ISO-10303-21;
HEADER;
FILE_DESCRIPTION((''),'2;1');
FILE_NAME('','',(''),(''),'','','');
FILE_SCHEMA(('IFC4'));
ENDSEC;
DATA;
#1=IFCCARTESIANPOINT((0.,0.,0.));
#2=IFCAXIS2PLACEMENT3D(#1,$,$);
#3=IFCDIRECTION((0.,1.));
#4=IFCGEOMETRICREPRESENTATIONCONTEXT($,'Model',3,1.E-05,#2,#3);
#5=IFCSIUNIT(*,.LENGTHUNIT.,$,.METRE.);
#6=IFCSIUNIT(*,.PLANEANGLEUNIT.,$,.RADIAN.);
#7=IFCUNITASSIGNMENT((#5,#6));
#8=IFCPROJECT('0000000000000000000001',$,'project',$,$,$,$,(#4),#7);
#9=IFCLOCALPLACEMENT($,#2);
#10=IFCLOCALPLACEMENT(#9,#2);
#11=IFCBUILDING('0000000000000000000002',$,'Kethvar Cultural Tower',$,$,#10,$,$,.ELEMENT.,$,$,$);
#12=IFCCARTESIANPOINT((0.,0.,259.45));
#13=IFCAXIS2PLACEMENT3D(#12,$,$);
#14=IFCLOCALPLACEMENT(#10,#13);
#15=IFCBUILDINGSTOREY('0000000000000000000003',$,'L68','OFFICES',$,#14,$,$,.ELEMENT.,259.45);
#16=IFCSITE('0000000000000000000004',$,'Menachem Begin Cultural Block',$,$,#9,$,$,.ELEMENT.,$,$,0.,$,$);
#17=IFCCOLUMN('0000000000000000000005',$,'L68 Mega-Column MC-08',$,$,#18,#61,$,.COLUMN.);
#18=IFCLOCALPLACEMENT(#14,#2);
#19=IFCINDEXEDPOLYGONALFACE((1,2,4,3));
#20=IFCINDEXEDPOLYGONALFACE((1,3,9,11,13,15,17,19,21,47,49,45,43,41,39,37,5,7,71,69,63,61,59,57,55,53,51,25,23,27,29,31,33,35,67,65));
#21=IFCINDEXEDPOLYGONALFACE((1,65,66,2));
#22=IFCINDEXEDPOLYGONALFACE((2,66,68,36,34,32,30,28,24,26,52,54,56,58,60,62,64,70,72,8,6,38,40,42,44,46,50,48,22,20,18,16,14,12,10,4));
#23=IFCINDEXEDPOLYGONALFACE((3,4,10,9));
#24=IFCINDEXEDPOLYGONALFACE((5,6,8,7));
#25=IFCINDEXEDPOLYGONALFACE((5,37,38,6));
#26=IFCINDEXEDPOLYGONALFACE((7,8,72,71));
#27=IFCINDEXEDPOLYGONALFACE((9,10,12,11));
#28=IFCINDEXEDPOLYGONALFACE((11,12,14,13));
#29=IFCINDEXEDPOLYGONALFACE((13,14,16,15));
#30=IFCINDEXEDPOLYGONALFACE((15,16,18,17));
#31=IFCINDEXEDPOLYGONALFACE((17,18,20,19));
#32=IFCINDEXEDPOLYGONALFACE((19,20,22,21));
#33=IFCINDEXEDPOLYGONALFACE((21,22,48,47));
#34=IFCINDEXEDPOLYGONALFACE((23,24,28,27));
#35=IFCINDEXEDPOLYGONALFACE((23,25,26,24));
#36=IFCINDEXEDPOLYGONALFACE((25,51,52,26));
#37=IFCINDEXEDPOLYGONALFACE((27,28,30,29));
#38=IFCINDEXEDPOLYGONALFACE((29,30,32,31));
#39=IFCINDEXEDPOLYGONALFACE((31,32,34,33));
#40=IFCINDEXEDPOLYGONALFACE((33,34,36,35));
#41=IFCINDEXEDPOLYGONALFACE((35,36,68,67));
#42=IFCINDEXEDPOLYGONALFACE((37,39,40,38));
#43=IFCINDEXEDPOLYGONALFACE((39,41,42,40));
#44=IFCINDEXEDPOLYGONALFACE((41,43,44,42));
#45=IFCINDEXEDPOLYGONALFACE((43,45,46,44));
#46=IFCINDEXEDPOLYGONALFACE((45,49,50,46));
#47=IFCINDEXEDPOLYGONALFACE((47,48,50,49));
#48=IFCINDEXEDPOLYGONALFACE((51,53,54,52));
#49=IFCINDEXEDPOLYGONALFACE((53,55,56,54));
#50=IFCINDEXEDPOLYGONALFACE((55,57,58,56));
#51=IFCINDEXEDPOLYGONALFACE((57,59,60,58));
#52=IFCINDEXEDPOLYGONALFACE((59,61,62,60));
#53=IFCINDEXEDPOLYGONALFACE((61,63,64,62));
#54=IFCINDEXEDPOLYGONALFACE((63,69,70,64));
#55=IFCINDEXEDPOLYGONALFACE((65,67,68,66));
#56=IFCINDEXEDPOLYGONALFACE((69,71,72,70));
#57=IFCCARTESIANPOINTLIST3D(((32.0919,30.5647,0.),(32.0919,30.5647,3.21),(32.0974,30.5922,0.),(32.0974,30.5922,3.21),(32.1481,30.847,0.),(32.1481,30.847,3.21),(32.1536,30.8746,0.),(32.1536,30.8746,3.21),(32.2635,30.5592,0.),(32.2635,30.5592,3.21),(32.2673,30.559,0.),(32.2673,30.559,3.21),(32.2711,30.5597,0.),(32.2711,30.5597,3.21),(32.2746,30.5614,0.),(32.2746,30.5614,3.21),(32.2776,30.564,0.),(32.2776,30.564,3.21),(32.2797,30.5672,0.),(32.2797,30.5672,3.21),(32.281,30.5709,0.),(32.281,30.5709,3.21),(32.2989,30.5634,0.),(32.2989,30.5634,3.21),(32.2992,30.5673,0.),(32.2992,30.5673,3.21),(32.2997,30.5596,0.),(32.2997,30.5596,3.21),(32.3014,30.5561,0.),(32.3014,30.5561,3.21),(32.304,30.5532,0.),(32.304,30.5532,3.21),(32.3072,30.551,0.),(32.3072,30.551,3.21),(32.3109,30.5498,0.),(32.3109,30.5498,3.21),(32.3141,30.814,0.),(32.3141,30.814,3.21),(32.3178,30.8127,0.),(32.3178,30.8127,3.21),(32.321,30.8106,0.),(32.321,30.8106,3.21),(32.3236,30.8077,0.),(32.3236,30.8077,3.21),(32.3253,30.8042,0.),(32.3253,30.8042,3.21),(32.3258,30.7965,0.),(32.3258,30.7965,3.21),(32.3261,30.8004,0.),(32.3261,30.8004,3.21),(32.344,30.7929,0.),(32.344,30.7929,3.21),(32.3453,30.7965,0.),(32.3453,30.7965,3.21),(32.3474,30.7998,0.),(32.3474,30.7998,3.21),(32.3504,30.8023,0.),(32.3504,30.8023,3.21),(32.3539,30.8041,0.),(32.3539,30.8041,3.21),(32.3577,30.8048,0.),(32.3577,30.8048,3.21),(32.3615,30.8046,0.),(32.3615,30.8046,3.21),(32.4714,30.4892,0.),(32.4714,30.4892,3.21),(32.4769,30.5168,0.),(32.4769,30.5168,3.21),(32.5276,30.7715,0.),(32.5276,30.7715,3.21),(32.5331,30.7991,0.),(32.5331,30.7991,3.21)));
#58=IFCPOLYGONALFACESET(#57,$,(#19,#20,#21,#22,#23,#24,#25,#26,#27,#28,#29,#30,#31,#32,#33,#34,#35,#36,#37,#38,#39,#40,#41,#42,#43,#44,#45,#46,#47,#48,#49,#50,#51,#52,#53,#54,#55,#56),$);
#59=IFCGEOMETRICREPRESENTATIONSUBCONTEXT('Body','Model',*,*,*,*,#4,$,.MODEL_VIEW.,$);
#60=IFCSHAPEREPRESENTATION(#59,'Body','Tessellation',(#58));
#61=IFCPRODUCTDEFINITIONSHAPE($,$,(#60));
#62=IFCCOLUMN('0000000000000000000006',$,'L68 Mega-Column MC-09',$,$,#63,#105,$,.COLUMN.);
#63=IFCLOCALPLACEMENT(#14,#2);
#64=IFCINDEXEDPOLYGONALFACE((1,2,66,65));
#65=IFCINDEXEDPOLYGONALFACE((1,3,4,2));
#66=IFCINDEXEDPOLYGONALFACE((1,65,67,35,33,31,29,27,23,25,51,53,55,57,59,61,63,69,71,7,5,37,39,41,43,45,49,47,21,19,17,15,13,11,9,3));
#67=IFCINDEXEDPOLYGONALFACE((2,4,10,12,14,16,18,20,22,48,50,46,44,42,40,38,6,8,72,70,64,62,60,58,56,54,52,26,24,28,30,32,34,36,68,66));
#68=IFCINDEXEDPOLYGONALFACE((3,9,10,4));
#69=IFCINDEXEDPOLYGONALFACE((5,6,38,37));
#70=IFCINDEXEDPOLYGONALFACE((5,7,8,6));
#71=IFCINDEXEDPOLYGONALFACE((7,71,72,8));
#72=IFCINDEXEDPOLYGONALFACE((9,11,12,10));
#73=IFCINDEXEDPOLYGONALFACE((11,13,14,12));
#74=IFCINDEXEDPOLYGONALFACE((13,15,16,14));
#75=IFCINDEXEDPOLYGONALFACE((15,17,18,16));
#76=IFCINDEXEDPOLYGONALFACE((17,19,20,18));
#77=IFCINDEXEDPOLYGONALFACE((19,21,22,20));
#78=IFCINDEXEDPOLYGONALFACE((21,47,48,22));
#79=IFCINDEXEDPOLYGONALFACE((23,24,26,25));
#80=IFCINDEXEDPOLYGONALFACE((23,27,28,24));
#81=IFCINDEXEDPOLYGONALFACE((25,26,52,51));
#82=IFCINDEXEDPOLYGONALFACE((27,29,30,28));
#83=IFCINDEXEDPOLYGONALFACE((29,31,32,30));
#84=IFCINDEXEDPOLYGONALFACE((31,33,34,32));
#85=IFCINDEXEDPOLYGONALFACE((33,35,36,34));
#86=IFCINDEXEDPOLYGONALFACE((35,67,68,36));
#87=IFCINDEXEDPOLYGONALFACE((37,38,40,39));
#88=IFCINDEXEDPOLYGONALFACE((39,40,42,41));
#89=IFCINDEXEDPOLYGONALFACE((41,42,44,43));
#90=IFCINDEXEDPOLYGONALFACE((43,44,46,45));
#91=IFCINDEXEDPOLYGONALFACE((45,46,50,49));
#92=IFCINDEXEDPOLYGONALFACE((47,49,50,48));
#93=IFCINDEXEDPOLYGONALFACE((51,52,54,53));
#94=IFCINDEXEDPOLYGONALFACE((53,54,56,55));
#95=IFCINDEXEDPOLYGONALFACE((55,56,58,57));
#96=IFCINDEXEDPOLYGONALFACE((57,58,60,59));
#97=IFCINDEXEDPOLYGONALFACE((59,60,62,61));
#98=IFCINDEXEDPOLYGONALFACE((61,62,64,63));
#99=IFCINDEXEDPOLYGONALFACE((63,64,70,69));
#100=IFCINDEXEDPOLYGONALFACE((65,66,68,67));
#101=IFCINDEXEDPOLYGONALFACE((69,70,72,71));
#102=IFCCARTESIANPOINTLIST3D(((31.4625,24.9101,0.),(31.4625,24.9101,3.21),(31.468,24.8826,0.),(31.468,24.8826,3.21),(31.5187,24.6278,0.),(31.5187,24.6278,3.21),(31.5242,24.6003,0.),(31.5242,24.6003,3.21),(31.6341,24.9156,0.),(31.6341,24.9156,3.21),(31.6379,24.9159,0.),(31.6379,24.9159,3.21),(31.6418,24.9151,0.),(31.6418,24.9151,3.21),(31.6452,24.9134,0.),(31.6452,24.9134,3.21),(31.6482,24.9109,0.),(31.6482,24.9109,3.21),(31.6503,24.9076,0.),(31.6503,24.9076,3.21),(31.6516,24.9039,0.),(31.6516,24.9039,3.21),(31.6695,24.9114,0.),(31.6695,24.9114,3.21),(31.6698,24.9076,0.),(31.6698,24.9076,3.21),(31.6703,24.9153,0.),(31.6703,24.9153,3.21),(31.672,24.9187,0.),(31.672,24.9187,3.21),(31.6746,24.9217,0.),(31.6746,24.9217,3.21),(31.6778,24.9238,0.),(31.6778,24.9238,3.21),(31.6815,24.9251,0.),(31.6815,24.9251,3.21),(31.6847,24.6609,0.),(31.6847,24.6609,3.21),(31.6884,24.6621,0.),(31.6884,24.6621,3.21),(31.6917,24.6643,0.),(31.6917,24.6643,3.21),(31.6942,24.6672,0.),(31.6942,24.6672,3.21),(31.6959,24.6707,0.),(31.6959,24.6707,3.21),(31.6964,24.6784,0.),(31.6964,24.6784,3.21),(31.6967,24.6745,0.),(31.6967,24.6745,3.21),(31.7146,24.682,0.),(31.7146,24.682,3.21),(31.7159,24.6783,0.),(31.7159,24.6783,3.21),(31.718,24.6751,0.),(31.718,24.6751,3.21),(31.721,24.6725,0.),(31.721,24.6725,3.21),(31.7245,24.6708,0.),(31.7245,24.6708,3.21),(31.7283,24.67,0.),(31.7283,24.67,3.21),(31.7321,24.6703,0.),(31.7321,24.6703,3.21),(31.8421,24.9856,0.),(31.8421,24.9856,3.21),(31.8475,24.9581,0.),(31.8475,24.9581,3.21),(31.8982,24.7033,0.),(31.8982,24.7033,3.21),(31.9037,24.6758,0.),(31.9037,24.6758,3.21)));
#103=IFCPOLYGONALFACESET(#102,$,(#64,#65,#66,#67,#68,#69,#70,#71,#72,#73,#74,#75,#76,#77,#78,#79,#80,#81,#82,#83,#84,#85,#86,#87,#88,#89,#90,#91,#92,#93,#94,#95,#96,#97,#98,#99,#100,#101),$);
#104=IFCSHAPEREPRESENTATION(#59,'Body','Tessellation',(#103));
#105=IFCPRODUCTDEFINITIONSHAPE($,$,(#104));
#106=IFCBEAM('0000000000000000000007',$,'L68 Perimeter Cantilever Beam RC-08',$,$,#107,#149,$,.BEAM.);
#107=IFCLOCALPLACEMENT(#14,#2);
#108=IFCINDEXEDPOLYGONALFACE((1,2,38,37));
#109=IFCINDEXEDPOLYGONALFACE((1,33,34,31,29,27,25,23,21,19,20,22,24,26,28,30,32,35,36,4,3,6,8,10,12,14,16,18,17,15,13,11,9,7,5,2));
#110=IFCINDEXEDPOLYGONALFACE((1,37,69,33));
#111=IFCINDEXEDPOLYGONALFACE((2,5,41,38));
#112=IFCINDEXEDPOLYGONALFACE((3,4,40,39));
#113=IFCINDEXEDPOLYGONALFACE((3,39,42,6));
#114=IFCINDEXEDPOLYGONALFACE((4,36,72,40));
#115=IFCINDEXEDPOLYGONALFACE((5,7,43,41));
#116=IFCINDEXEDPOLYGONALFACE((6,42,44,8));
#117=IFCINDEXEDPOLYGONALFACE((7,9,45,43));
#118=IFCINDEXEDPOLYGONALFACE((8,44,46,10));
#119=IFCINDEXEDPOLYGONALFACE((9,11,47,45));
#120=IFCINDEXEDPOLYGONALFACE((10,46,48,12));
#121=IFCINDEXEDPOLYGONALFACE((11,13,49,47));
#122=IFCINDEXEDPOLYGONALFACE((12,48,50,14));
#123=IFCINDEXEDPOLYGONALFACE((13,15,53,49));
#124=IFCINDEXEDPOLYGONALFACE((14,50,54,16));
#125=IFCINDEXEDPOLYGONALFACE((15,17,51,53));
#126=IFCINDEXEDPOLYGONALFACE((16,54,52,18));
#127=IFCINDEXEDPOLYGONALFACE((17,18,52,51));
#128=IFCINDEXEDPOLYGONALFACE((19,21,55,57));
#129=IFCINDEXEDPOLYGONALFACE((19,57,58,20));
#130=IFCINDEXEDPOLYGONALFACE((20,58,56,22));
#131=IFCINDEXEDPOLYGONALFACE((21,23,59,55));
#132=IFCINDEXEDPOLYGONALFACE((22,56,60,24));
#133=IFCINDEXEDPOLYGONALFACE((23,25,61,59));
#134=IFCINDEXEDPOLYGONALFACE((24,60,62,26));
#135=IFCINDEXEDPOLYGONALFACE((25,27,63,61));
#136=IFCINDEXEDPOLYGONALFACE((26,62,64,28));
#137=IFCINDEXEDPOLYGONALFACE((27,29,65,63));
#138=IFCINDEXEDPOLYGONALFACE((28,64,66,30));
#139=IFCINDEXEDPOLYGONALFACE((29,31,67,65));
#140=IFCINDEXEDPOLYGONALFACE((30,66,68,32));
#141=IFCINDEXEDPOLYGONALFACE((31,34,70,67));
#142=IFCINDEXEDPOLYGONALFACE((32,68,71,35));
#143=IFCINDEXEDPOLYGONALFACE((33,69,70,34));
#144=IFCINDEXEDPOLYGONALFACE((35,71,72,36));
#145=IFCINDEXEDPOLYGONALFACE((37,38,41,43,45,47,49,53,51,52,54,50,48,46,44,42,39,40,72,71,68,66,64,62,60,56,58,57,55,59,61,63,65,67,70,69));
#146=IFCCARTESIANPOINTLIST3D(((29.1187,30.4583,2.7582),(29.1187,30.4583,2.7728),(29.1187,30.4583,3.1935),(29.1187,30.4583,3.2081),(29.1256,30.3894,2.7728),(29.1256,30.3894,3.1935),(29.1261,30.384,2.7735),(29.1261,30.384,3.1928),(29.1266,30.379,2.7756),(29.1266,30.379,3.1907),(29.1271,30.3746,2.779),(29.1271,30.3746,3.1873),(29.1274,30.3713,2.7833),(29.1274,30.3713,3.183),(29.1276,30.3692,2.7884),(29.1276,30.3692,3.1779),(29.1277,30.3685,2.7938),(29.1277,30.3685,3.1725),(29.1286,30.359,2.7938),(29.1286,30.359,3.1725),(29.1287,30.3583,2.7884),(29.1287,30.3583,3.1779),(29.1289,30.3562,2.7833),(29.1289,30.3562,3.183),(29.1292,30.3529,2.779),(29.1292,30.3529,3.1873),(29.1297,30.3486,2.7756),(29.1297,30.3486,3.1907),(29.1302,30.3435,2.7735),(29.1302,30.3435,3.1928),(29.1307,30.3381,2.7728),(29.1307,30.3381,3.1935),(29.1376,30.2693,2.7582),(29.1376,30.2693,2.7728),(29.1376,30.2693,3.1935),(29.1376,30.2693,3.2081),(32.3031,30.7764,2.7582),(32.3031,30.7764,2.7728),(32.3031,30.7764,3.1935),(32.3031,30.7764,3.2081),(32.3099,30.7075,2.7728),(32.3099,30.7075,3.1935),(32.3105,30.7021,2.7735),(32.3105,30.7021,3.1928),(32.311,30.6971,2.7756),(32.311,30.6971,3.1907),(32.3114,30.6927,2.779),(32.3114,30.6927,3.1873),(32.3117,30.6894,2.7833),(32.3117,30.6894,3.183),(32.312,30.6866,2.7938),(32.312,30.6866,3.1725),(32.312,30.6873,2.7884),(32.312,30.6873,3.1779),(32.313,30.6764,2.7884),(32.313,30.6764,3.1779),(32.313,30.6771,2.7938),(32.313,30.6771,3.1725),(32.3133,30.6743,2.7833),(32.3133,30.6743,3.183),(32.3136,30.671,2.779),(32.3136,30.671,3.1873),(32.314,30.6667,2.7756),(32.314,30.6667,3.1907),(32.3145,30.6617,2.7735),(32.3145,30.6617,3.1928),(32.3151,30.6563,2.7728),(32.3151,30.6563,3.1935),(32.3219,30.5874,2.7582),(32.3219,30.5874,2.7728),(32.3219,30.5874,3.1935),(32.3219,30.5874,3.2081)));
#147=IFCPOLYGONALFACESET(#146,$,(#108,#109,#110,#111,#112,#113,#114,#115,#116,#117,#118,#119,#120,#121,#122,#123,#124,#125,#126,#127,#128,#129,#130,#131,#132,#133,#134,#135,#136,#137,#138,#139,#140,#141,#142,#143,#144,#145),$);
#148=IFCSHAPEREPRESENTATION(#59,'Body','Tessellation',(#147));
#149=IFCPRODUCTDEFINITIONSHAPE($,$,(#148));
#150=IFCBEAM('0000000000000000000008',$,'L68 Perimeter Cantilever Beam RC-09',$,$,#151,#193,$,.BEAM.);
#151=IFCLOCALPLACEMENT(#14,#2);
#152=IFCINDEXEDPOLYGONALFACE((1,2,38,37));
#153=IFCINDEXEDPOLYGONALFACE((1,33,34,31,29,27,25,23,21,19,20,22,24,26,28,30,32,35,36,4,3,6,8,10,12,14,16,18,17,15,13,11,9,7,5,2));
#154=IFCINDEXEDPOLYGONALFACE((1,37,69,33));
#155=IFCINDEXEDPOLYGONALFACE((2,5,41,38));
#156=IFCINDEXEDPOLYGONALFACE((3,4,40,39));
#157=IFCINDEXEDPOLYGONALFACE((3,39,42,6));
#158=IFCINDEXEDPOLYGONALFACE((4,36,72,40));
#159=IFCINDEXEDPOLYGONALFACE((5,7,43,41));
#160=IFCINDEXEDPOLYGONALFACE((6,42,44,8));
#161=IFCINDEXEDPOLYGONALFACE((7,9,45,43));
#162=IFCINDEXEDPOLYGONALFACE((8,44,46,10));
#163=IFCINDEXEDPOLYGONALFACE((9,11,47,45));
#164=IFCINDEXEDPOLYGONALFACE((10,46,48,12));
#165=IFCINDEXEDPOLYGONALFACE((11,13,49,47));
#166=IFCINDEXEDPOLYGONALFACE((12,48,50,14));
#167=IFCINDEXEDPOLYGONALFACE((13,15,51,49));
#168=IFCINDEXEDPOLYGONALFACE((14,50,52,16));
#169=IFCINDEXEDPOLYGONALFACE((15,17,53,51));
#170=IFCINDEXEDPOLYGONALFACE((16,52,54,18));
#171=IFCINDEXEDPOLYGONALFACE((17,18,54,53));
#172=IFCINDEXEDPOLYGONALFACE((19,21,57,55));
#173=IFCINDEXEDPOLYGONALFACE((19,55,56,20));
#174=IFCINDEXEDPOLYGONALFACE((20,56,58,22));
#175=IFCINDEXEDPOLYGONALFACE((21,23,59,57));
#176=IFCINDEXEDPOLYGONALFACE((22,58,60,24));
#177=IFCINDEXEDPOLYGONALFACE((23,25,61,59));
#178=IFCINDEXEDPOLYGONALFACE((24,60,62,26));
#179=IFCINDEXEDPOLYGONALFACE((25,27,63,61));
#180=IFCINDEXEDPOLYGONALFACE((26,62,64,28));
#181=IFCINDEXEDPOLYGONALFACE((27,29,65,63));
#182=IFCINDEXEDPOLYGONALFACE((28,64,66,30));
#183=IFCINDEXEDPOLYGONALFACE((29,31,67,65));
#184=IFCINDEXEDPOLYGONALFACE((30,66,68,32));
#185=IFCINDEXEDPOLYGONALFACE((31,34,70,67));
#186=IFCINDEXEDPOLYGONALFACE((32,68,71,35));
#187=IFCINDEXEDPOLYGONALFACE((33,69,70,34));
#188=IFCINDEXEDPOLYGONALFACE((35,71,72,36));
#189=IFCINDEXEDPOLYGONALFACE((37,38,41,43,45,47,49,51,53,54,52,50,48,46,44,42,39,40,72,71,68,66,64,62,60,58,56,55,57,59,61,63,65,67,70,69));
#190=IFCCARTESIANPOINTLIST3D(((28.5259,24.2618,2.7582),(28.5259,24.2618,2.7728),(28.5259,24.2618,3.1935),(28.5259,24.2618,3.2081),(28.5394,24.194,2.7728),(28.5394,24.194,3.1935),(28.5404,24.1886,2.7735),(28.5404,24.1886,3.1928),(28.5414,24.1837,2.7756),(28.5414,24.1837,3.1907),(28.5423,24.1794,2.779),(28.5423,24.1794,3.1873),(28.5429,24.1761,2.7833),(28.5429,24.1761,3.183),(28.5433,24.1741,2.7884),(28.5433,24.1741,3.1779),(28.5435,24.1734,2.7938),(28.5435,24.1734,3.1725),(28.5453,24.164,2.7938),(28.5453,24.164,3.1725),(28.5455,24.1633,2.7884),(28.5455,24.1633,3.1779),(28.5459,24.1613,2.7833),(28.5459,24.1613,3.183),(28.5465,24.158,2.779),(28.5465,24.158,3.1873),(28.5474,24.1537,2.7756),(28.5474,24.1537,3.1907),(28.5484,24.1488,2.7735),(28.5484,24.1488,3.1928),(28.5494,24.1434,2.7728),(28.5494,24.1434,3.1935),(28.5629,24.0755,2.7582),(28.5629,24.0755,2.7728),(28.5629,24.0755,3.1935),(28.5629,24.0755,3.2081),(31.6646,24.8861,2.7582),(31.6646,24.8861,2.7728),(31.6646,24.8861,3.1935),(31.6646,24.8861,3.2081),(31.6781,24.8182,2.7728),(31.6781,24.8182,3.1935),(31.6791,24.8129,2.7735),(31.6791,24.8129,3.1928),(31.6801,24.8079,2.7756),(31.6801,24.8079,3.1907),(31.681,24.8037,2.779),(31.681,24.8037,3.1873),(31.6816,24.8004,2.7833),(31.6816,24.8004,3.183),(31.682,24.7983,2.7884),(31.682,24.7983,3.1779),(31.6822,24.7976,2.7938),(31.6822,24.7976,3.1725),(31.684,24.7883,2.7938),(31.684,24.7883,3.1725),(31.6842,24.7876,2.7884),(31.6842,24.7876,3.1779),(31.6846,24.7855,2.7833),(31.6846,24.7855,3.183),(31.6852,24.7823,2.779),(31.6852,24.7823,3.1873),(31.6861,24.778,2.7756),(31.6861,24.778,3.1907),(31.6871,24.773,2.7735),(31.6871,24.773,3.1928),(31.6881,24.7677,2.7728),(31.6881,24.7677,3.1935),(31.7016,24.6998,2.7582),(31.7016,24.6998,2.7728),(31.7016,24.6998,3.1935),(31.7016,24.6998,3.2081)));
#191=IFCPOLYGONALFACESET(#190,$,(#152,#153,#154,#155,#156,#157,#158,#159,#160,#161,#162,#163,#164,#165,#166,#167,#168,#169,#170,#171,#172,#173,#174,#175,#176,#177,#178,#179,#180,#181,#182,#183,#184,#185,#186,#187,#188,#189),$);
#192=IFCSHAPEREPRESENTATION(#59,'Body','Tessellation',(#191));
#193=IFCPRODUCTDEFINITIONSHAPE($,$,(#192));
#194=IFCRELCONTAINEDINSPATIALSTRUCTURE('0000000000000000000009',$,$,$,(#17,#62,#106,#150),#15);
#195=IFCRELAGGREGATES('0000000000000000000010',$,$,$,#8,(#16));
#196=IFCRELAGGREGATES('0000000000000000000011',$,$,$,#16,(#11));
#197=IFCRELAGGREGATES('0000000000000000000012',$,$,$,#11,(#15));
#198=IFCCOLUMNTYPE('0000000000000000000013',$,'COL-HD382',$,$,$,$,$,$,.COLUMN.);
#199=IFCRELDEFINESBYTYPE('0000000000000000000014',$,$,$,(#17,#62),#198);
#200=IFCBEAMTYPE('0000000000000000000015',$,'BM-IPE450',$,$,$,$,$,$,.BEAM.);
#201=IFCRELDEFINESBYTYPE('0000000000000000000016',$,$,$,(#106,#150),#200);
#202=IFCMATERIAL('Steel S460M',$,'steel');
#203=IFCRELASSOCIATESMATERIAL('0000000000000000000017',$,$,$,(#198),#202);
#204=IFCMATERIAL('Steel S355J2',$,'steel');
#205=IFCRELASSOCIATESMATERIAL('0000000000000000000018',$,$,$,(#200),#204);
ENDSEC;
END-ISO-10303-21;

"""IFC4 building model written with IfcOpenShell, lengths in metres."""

from ifc_helpers import new_model, si_unit, direction, frame, origin, origin_2d, place, context, subcontext, project, spatial, i_section, extrude, source, transform, mapped, material, material_profile, profile_set, type_object, element, save


model = new_model("IFC4")

# Units and contexts
model_context = context("Model", 3, precision=1e-05, world=origin(), true_north=direction((0.0, 1.0)))
body_context = subcontext(model_context, "Body", "Model", "MODEL_VIEW")
ifc_project = project(units=[si_unit("LENGTHUNIT", "METRE"), si_unit("PLANEANGLEUNIT", "RADIAN")], contexts=[model_context])

# Site, building, storey
site_placement = place(None, origin())
site = spatial("IfcSite", under=ifc_project, at=site_placement, Name="Menachem Begin Cultural Block", CompositionType="ELEMENT", RefElevation=0.0)
building_placement = place(site_placement, origin())
building = spatial("IfcBuilding", under=site, at=building_placement, Name="Kethvar Cultural Tower", CompositionType="ELEMENT")
storey_placement = place(building_placement, frame((0.0, 0.0, 259.45)))
storey = spatial("IfcBuildingStorey", under=building, at=storey_placement, Name="L68", Description="OFFICES", CompositionType="ELEMENT", Elevation=259.45)

# Columns
ifc_material_1 = material(Name="Steel S460M", Category="steel")
ifc_material_profile_1 = material_profile(ifc_material_1, i_section(OverallWidth=0.387, OverallDepth=0.3159, WebThickness=0.0186, FlangeThickness=0.0281, FilletRadius=0.0149, at=origin_2d()), Name="Steel S460M — HD400x382")
ifc_profile_set_1 = profile_set([ifc_material_profile_1], Name="Steel S460M — HD400x382")
column_type = type_object("IfcColumnType", Name="COL-HD382", PredefinedType="COLUMN", material=ifc_profile_set_1)
shared_shape_1 = source(origin(), body_context, "Body", "SweptSolid", [
    extrude(i_section(OverallWidth=0.387, OverallDepth=0.3159, WebThickness=0.0186, FlangeThickness=0.0281, FilletRadius=0.0149, at=origin_2d()), origin(), (0.0, 0.0, 1.0), 3.21),
])
for number, where, z_axis, x_axis, name in (
    (1, (32.3125, 30.6819, 0.0), (0.0, 0.0, 1.0), (-0.980785, 0.19509, 0.0), "L68 Mega-Column MC-08"),
    (2, (31.6831, 24.793, 0.0), (0.0, 0.0, 1.0), (-0.980785, -0.19509, 0.0), "L68 Mega-Column MC-09"),
):
    element("IfcColumn", number, at=place(storey_placement, frame(where, z_axis=z_axis, x_axis=x_axis)), inside=storey, type_object=column_type, Name=name, PredefinedType="COLUMN", context=body_context, shape_type="MappedRepresentation", body=[
        mapped(shared_shape_1, transform((0.0, 0.0, 0.0), scale=1.0)),
    ])

# Beams
ifc_material_2 = material(Name="Steel S355J2", Category="steel")
ifc_material_profile_2 = material_profile(ifc_material_2, i_section(OverallWidth=0.1899, OverallDepth=0.45, WebThickness=0.0095, FlangeThickness=0.0146, FilletRadius=0.021, at=origin_2d()), Name="Steel S355J2 — IPE450")
ifc_profile_set_2 = profile_set([ifc_material_profile_2], Name="Steel S355J2 — IPE450")
beam_type_1 = type_object("IfcBeamType", Name="BM-IPE450", PredefinedType="BEAM", material=ifc_profile_set_2)
shared_shape_2 = source(origin(), body_context, "Body", "SweptSolid", [
    extrude(i_section(OverallWidth=0.1899, OverallDepth=0.45, WebThickness=0.0095, FlangeThickness=0.0146, FilletRadius=0.021, at=origin_2d()), origin(), (0.0, 0.0, 1.0), 3.2002),
])
for number, where, z_axis, x_axis, name in (
    (3, (32.3125, 30.6819, 2.9832), (-0.995047, -0.099406, 0.0), (0.099406, -0.995047, 0.0), "L68 Perimeter Cantilever Beam RC-08"),
    (4, (31.6831, 24.793, 2.9832), (-0.980788, -0.195074, 0.0), (0.195074, -0.980788, 0.0), "L68 Perimeter Cantilever Beam RC-09"),
):
    element("IfcBeam", number, at=place(storey_placement, frame(where, z_axis=z_axis, x_axis=x_axis)), inside=storey, type_object=beam_type_1, Name=name, PredefinedType="BEAM", context=body_context, shape_type="MappedRepresentation", body=[
        mapped(shared_shape_2, transform((0.0, 0.0, 0.0), scale=1.0)),
    ])

save(model, "model.ifc")
